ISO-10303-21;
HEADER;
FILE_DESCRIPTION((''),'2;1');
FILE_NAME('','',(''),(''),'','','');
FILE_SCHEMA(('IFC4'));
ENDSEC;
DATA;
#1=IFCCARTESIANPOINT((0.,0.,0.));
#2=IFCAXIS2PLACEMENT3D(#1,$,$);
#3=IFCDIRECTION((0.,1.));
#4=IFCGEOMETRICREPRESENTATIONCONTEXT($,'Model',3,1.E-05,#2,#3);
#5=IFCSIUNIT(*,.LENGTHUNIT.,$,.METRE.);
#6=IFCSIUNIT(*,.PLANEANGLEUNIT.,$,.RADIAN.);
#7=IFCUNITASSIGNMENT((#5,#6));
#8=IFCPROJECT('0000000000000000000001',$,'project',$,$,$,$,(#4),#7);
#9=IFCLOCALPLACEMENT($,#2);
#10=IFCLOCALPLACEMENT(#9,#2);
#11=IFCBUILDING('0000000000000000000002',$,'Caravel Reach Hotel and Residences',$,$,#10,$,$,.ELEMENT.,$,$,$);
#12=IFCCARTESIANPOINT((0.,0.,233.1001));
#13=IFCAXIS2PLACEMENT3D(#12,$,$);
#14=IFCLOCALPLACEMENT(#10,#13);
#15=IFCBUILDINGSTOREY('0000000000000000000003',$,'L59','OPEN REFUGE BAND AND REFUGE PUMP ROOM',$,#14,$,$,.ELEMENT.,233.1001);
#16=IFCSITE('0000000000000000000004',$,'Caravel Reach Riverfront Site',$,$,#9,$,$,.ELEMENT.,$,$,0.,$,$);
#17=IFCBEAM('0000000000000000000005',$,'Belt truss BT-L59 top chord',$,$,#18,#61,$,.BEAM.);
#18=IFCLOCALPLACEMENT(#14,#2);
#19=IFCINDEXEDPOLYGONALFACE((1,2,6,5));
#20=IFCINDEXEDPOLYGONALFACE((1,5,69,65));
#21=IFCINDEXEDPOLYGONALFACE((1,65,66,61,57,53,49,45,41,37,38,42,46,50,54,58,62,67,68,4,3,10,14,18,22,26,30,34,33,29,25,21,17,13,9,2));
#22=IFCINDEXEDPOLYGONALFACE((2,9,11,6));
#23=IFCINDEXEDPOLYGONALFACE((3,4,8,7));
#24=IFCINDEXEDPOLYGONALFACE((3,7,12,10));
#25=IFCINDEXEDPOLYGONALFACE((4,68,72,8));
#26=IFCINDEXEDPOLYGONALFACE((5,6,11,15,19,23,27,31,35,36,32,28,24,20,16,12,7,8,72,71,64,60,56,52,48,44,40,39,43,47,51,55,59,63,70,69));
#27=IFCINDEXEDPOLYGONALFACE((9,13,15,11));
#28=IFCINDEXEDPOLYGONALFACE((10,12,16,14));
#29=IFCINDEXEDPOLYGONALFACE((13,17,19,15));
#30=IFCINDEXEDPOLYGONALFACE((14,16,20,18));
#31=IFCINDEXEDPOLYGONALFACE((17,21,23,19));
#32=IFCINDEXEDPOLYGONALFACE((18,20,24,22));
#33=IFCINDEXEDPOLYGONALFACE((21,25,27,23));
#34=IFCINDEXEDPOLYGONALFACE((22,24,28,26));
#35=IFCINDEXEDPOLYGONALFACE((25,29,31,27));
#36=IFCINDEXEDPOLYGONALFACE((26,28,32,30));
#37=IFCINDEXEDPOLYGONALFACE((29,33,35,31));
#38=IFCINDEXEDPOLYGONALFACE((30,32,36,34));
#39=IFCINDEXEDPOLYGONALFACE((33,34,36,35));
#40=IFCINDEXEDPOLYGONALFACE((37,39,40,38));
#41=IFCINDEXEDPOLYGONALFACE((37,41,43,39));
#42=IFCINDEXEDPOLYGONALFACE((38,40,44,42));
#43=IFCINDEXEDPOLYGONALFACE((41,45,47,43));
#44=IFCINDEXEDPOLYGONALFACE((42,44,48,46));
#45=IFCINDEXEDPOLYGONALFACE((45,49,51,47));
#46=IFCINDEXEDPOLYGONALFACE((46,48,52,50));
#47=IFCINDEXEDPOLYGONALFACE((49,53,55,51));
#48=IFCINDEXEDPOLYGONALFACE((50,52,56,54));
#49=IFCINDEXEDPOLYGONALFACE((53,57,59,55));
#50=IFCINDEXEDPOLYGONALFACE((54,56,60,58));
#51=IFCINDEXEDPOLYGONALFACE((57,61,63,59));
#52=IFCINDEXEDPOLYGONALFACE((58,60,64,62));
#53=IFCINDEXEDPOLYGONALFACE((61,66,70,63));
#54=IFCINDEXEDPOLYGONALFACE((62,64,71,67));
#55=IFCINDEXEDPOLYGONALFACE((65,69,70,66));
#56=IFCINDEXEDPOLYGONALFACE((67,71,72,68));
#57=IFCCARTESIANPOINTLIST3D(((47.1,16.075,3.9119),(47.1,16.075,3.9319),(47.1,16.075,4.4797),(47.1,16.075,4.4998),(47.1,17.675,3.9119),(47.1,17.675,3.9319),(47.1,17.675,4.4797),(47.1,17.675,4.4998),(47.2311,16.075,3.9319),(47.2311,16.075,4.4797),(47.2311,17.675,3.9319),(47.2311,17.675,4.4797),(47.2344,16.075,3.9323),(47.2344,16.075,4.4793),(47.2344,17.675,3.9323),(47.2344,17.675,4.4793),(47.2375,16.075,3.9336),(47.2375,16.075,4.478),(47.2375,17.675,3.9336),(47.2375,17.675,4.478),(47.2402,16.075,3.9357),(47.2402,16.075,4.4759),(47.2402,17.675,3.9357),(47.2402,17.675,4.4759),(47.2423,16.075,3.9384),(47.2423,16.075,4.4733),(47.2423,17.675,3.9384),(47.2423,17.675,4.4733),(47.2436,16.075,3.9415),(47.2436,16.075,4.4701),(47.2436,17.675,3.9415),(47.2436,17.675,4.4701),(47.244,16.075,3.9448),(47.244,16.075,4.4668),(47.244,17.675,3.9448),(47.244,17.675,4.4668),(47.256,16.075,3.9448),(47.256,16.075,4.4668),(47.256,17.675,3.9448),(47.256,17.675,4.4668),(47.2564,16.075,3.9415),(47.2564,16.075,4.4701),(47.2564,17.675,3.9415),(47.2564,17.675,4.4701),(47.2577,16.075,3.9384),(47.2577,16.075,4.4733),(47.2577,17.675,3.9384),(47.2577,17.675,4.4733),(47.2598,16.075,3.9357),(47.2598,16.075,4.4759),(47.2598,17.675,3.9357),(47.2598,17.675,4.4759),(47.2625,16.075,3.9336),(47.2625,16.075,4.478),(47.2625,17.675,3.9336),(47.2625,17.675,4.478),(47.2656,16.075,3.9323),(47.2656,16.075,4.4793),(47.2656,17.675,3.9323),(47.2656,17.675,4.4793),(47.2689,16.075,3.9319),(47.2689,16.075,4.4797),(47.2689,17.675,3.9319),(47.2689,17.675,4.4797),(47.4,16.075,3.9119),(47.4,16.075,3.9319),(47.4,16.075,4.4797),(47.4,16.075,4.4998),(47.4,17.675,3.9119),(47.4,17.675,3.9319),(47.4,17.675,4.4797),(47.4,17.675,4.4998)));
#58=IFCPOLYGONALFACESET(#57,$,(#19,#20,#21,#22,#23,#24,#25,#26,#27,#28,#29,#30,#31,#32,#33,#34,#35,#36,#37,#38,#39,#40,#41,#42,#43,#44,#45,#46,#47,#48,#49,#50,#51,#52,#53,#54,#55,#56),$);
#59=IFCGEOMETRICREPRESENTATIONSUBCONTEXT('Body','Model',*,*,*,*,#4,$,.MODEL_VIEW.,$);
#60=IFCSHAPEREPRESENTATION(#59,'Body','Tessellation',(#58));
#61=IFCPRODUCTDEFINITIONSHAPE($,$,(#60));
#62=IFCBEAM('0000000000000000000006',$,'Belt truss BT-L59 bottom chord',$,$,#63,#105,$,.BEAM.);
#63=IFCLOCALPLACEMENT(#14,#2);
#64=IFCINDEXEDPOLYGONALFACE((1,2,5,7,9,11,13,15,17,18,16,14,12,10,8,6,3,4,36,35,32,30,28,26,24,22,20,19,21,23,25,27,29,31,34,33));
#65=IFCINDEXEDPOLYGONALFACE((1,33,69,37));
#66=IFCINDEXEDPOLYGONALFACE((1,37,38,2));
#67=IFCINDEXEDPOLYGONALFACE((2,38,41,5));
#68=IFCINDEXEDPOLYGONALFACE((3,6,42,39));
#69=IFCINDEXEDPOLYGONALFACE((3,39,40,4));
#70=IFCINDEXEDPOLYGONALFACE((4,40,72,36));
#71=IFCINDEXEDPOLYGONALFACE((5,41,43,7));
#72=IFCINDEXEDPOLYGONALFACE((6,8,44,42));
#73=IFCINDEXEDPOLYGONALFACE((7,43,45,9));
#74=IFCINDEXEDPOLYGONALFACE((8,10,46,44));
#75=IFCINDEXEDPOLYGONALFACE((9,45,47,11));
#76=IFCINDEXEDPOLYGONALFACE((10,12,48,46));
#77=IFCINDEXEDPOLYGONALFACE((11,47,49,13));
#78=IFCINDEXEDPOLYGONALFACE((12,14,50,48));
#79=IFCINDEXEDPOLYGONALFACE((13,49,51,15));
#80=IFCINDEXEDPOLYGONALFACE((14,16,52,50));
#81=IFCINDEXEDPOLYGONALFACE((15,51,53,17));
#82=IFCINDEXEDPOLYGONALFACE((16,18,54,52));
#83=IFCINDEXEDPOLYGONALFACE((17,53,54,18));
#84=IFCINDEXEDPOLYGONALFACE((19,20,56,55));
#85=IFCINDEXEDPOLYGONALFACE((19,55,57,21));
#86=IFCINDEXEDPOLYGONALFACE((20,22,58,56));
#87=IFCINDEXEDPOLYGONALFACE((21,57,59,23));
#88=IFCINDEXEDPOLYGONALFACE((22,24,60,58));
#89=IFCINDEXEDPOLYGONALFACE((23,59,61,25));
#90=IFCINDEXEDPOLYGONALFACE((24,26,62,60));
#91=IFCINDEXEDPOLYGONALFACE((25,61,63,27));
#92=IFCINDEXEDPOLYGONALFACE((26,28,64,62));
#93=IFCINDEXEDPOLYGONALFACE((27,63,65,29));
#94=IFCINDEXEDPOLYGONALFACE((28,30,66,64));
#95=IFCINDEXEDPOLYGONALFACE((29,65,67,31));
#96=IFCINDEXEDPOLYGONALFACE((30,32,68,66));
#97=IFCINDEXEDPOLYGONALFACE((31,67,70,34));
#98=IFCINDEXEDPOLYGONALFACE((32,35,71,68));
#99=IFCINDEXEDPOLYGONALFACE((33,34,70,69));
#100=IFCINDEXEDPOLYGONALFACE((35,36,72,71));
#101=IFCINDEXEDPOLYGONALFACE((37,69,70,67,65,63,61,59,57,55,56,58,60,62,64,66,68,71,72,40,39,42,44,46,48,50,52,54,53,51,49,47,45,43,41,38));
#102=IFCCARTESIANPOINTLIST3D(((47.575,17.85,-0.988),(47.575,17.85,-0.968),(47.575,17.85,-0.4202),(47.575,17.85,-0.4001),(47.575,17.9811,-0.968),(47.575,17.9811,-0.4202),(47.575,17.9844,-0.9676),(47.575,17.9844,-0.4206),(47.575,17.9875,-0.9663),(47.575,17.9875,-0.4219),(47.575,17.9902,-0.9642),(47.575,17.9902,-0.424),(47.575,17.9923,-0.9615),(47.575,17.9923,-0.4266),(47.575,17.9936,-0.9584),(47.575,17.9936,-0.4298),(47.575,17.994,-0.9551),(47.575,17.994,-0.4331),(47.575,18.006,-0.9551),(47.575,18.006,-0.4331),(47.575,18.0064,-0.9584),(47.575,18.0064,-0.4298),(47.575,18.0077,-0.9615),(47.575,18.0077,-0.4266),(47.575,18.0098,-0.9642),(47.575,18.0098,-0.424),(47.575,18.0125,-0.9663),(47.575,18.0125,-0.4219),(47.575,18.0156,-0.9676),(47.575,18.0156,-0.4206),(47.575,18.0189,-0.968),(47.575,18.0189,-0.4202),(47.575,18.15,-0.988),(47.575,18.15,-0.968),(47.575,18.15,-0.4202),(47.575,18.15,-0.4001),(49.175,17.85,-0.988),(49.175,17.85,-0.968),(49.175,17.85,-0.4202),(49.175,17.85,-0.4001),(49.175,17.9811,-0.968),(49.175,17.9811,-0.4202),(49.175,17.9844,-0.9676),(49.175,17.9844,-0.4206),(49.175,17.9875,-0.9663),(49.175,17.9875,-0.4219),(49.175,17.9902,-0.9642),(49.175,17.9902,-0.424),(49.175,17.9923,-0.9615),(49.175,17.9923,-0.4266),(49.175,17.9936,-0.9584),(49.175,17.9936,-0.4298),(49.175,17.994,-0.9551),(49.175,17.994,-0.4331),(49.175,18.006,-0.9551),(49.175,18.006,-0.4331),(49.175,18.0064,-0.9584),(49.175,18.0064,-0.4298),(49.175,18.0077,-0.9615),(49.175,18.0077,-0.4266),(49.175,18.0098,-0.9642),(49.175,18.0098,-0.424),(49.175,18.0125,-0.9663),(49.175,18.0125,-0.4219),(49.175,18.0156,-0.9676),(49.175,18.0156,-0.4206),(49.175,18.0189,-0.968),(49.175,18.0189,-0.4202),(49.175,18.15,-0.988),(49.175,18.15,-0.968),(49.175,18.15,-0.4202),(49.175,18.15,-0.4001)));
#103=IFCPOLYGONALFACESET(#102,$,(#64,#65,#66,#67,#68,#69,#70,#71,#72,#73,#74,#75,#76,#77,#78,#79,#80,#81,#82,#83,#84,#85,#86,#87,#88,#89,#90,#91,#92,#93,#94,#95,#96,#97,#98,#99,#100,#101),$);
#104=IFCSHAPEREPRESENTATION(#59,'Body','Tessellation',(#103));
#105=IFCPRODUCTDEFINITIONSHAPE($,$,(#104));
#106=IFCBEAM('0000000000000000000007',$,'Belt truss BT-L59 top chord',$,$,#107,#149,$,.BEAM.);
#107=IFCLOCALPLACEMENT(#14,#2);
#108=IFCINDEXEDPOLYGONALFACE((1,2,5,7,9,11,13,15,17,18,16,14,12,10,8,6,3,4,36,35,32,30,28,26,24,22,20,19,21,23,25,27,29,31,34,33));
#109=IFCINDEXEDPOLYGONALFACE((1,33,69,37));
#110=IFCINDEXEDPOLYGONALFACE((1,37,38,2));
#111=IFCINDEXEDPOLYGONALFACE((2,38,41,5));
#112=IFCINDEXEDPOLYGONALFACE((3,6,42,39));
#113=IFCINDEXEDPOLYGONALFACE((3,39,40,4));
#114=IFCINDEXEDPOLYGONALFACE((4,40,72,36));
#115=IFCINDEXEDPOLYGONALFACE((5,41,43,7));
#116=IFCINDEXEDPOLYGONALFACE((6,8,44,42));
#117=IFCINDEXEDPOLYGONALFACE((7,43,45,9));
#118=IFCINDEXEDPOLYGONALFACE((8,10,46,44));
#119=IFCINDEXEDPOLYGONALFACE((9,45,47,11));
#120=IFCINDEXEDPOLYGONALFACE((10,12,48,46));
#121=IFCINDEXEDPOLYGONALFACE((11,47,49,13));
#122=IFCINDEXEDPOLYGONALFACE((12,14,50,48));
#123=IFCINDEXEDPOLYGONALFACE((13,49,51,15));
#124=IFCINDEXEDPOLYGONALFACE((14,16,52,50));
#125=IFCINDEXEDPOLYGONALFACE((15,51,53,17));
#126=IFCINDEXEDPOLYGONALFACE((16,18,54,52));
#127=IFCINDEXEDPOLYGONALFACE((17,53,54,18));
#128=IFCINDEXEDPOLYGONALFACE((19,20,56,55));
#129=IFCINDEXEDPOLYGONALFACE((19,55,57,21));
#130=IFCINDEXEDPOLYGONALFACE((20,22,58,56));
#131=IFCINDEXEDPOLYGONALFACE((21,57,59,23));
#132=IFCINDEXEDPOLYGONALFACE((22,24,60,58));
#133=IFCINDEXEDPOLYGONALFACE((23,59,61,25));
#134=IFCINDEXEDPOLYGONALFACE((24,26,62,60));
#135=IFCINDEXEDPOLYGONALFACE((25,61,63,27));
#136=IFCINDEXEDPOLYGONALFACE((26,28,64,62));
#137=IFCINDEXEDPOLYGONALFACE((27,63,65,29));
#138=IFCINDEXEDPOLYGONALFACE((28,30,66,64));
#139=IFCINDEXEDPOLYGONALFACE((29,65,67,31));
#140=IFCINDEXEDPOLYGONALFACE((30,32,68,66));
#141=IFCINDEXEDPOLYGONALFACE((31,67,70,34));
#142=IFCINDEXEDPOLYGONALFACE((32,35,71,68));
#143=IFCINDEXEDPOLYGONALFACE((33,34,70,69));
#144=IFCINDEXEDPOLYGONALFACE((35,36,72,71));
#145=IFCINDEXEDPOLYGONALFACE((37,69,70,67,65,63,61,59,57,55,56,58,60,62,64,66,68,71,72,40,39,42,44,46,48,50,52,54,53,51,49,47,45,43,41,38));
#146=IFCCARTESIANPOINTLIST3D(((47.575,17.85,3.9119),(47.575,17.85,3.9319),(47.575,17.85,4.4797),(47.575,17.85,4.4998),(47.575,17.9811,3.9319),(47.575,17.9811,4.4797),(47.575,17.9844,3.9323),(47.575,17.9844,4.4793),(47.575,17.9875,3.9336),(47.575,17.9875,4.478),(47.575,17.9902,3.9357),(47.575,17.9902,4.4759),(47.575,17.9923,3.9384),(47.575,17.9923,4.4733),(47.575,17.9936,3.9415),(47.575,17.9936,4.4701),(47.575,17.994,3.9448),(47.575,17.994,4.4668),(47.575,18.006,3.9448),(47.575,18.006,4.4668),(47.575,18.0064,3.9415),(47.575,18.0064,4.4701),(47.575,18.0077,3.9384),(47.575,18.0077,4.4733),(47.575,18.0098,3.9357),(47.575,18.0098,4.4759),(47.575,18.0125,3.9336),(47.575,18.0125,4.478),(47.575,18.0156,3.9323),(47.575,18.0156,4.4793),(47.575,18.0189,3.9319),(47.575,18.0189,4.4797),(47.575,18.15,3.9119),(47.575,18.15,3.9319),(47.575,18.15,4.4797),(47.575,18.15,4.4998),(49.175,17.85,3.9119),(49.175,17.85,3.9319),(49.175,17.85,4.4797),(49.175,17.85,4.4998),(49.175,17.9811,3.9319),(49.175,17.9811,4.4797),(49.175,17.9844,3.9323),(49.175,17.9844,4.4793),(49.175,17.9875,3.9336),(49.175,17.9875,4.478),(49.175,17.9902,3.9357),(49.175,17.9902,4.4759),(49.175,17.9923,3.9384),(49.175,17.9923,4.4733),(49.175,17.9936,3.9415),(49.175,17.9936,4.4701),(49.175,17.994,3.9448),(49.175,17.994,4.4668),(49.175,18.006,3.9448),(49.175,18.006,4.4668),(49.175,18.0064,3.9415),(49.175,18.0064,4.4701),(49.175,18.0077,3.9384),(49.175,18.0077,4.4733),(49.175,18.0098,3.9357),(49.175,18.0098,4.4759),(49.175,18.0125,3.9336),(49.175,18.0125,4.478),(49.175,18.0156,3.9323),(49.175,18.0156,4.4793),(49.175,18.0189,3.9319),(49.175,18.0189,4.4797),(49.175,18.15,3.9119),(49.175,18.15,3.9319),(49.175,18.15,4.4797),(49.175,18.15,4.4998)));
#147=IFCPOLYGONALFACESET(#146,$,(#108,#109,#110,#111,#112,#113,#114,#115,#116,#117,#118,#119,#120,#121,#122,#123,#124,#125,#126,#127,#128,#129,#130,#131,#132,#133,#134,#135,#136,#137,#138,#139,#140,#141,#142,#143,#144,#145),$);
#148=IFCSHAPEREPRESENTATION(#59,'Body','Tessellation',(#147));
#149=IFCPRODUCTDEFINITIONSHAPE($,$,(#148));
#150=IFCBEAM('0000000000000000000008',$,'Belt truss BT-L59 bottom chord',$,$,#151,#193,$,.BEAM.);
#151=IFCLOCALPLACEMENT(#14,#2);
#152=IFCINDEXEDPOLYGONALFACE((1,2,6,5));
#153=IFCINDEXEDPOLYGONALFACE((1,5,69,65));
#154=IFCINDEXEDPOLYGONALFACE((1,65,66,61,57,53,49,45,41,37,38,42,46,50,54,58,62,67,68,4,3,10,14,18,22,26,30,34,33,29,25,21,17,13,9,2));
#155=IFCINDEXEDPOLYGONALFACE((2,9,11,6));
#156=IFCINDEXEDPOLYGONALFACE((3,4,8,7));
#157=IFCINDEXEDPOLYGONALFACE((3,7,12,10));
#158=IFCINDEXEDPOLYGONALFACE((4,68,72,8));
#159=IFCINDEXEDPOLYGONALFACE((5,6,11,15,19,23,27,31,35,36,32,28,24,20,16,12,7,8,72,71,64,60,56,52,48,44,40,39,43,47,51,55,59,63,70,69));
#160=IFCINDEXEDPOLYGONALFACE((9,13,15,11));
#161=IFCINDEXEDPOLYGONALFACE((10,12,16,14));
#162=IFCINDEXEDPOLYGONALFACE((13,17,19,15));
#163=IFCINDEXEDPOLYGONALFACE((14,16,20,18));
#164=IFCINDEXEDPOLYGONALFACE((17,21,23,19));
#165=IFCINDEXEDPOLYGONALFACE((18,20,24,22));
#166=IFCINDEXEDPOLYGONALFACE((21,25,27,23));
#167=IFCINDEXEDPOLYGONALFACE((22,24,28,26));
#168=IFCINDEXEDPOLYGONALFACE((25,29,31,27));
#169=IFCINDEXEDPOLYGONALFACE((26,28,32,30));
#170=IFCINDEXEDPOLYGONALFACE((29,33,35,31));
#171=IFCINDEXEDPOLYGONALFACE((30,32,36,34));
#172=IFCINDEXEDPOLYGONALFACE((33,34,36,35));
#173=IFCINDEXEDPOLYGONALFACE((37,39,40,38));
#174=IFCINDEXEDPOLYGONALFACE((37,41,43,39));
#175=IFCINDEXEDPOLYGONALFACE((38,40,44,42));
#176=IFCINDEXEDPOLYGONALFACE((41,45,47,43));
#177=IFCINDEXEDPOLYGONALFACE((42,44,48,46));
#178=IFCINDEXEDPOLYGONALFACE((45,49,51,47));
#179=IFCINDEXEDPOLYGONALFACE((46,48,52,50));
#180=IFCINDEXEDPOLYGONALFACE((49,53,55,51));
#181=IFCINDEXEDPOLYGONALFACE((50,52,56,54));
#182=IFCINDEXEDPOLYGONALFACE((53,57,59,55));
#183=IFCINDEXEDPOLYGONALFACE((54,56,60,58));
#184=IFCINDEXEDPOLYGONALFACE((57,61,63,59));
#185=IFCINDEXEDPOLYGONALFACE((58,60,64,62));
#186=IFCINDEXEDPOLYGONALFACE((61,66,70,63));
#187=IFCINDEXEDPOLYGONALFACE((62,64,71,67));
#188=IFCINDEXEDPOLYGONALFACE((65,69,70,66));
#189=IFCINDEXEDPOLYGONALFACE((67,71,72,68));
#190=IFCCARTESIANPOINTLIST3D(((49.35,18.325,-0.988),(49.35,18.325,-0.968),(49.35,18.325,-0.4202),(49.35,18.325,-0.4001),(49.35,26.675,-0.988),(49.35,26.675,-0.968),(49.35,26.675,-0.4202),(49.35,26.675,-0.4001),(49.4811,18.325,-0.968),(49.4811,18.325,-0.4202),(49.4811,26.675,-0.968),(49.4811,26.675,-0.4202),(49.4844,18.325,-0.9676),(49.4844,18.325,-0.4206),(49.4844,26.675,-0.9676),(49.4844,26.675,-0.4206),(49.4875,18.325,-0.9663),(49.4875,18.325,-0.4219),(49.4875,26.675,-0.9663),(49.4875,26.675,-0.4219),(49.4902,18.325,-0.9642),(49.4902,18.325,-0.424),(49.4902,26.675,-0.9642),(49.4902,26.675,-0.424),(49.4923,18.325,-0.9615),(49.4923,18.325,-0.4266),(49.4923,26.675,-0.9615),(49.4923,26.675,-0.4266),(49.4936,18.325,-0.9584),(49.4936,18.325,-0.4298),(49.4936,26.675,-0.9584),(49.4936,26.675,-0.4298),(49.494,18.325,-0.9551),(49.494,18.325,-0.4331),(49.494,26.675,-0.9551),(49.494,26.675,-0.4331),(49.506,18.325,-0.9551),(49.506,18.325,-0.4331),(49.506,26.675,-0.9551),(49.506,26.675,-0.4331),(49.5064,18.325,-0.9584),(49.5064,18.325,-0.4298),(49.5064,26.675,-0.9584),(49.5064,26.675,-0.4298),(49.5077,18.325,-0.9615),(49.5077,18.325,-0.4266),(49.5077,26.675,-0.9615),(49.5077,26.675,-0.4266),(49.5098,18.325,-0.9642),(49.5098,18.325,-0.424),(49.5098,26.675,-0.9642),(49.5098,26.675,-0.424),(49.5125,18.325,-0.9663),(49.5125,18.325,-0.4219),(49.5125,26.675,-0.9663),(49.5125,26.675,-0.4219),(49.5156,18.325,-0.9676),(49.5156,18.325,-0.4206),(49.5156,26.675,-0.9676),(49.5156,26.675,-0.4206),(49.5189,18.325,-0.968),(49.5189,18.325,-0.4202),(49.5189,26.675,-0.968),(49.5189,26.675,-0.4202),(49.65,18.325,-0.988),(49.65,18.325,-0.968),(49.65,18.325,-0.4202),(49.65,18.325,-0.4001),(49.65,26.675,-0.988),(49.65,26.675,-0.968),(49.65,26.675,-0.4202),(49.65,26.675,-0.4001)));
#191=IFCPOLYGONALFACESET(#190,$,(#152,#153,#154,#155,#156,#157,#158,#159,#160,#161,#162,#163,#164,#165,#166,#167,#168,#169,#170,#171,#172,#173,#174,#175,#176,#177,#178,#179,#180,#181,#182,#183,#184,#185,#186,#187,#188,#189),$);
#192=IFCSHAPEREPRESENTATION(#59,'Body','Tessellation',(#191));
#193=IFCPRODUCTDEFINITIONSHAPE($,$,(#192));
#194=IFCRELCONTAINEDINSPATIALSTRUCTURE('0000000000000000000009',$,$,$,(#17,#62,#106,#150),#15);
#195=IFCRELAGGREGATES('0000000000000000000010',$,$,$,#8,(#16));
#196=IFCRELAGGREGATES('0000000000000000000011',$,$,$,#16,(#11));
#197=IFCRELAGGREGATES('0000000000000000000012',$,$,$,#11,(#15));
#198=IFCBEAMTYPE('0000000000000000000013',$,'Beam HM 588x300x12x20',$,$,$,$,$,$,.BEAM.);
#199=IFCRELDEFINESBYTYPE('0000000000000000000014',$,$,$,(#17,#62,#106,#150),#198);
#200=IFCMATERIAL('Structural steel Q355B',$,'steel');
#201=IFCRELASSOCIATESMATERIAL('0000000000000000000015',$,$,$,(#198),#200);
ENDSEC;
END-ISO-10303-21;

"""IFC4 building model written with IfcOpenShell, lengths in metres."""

from ifc_helpers import new_model, si_unit, direction, frame, origin, origin_2d, place, context, subcontext, project, spatial, i_section, extrude, material, material_profile, profile_set, type_object, element, save


model = new_model("IFC4")

# Units and contexts
model_context = context("Model", 3, precision=1e-05, world=origin(), true_north=direction((0.0, 1.0)))
body_context = subcontext(model_context, "Body", "Model", "MODEL_VIEW")
ifc_project = project(units=[si_unit("LENGTHUNIT", "METRE"), si_unit("PLANEANGLEUNIT", "RADIAN")], contexts=[model_context])

# Site, building, storey
site_placement = place(None, origin())
site = spatial("IfcSite", under=ifc_project, at=site_placement, Name="Caravel Reach Riverfront Site", CompositionType="ELEMENT", RefElevation=0.0)
building_placement = place(site_placement, origin())
building = spatial("IfcBuilding", under=site, at=building_placement, Name="Caravel Reach Hotel and Residences", CompositionType="ELEMENT")
storey_placement = place(building_placement, frame((0.0, 0.0, 233.1001)))
storey = spatial("IfcBuildingStorey", under=building, at=storey_placement, Name="L59", Description="OPEN REFUGE BAND AND REFUGE PUMP ROOM", CompositionType="ELEMENT", Elevation=233.1001)

# Beams
ifc_material_1 = material(Name="Structural steel Q355B", Category="steel")
ifc_material_profile_1 = material_profile(ifc_material_1, i_section(OverallWidth=0.3, OverallDepth=0.5879, WebThickness=0.012, FlangeThickness=0.02, FilletRadius=0.0129, at=origin_2d()), Name="HM 588x300x12x20")
ifc_profile_set_1 = profile_set([ifc_material_profile_1], Name="Structural steel Q355B")
beam_type_1 = type_object("IfcBeamType", Name="Beam HM 588x300x12x20", PredefinedType="BEAM", material=ifc_profile_set_1)
for number, where, z_axis, x_axis, name in (
    (1, (47.25, 16.075, 4.2058), (0.0, 1.0, 0.0), (-1.0, 0.0, 0.0), "Belt truss BT-L59 top chord"),
    (2, (47.575, 18.0, -0.6941), (1.0, 0.0, 0.0), (0.0, 1.0, 0.0), "Belt truss BT-L59 bottom chord"),
    (3, (47.575, 18.0, 4.2058), (1.0, 0.0, 0.0), (0.0, 1.0, 0.0), "Belt truss BT-L59 top chord"),
):
    element("IfcBeam", number, at=place(storey_placement, frame(where, z_axis=z_axis, x_axis=x_axis)), inside=storey, type_object=beam_type_1, Name=name, PredefinedType="BEAM", context=body_context, shape_type="SweptSolid", body=[
        extrude(i_section(OverallWidth=0.3, OverallDepth=0.5879, WebThickness=0.012, FlangeThickness=0.02, FilletRadius=0.0129, at=origin_2d()), origin(), (0.0, 0.0, 1.0), 1.6001),
    ])
for number, where, z_axis, x_axis, name in (
    (4, (49.5, 18.325, -0.6941), (0.0, 1.0, 0.0), (-1.0, 0.0, 0.0), "Belt truss BT-L59 bottom chord"),
):
    element("IfcBeam", number, at=place(storey_placement, frame(where, z_axis=z_axis, x_axis=x_axis)), inside=storey, type_object=beam_type_1, Name=name, PredefinedType="BEAM", context=body_context, shape_type="SweptSolid", body=[
        extrude(i_section(OverallWidth=0.3, OverallDepth=0.5879, WebThickness=0.012, FlangeThickness=0.02, FilletRadius=0.0129, at=origin_2d()), origin(), (0.0, 0.0, 1.0), 8.3501),
    ])

save(model, "model.ifc")
